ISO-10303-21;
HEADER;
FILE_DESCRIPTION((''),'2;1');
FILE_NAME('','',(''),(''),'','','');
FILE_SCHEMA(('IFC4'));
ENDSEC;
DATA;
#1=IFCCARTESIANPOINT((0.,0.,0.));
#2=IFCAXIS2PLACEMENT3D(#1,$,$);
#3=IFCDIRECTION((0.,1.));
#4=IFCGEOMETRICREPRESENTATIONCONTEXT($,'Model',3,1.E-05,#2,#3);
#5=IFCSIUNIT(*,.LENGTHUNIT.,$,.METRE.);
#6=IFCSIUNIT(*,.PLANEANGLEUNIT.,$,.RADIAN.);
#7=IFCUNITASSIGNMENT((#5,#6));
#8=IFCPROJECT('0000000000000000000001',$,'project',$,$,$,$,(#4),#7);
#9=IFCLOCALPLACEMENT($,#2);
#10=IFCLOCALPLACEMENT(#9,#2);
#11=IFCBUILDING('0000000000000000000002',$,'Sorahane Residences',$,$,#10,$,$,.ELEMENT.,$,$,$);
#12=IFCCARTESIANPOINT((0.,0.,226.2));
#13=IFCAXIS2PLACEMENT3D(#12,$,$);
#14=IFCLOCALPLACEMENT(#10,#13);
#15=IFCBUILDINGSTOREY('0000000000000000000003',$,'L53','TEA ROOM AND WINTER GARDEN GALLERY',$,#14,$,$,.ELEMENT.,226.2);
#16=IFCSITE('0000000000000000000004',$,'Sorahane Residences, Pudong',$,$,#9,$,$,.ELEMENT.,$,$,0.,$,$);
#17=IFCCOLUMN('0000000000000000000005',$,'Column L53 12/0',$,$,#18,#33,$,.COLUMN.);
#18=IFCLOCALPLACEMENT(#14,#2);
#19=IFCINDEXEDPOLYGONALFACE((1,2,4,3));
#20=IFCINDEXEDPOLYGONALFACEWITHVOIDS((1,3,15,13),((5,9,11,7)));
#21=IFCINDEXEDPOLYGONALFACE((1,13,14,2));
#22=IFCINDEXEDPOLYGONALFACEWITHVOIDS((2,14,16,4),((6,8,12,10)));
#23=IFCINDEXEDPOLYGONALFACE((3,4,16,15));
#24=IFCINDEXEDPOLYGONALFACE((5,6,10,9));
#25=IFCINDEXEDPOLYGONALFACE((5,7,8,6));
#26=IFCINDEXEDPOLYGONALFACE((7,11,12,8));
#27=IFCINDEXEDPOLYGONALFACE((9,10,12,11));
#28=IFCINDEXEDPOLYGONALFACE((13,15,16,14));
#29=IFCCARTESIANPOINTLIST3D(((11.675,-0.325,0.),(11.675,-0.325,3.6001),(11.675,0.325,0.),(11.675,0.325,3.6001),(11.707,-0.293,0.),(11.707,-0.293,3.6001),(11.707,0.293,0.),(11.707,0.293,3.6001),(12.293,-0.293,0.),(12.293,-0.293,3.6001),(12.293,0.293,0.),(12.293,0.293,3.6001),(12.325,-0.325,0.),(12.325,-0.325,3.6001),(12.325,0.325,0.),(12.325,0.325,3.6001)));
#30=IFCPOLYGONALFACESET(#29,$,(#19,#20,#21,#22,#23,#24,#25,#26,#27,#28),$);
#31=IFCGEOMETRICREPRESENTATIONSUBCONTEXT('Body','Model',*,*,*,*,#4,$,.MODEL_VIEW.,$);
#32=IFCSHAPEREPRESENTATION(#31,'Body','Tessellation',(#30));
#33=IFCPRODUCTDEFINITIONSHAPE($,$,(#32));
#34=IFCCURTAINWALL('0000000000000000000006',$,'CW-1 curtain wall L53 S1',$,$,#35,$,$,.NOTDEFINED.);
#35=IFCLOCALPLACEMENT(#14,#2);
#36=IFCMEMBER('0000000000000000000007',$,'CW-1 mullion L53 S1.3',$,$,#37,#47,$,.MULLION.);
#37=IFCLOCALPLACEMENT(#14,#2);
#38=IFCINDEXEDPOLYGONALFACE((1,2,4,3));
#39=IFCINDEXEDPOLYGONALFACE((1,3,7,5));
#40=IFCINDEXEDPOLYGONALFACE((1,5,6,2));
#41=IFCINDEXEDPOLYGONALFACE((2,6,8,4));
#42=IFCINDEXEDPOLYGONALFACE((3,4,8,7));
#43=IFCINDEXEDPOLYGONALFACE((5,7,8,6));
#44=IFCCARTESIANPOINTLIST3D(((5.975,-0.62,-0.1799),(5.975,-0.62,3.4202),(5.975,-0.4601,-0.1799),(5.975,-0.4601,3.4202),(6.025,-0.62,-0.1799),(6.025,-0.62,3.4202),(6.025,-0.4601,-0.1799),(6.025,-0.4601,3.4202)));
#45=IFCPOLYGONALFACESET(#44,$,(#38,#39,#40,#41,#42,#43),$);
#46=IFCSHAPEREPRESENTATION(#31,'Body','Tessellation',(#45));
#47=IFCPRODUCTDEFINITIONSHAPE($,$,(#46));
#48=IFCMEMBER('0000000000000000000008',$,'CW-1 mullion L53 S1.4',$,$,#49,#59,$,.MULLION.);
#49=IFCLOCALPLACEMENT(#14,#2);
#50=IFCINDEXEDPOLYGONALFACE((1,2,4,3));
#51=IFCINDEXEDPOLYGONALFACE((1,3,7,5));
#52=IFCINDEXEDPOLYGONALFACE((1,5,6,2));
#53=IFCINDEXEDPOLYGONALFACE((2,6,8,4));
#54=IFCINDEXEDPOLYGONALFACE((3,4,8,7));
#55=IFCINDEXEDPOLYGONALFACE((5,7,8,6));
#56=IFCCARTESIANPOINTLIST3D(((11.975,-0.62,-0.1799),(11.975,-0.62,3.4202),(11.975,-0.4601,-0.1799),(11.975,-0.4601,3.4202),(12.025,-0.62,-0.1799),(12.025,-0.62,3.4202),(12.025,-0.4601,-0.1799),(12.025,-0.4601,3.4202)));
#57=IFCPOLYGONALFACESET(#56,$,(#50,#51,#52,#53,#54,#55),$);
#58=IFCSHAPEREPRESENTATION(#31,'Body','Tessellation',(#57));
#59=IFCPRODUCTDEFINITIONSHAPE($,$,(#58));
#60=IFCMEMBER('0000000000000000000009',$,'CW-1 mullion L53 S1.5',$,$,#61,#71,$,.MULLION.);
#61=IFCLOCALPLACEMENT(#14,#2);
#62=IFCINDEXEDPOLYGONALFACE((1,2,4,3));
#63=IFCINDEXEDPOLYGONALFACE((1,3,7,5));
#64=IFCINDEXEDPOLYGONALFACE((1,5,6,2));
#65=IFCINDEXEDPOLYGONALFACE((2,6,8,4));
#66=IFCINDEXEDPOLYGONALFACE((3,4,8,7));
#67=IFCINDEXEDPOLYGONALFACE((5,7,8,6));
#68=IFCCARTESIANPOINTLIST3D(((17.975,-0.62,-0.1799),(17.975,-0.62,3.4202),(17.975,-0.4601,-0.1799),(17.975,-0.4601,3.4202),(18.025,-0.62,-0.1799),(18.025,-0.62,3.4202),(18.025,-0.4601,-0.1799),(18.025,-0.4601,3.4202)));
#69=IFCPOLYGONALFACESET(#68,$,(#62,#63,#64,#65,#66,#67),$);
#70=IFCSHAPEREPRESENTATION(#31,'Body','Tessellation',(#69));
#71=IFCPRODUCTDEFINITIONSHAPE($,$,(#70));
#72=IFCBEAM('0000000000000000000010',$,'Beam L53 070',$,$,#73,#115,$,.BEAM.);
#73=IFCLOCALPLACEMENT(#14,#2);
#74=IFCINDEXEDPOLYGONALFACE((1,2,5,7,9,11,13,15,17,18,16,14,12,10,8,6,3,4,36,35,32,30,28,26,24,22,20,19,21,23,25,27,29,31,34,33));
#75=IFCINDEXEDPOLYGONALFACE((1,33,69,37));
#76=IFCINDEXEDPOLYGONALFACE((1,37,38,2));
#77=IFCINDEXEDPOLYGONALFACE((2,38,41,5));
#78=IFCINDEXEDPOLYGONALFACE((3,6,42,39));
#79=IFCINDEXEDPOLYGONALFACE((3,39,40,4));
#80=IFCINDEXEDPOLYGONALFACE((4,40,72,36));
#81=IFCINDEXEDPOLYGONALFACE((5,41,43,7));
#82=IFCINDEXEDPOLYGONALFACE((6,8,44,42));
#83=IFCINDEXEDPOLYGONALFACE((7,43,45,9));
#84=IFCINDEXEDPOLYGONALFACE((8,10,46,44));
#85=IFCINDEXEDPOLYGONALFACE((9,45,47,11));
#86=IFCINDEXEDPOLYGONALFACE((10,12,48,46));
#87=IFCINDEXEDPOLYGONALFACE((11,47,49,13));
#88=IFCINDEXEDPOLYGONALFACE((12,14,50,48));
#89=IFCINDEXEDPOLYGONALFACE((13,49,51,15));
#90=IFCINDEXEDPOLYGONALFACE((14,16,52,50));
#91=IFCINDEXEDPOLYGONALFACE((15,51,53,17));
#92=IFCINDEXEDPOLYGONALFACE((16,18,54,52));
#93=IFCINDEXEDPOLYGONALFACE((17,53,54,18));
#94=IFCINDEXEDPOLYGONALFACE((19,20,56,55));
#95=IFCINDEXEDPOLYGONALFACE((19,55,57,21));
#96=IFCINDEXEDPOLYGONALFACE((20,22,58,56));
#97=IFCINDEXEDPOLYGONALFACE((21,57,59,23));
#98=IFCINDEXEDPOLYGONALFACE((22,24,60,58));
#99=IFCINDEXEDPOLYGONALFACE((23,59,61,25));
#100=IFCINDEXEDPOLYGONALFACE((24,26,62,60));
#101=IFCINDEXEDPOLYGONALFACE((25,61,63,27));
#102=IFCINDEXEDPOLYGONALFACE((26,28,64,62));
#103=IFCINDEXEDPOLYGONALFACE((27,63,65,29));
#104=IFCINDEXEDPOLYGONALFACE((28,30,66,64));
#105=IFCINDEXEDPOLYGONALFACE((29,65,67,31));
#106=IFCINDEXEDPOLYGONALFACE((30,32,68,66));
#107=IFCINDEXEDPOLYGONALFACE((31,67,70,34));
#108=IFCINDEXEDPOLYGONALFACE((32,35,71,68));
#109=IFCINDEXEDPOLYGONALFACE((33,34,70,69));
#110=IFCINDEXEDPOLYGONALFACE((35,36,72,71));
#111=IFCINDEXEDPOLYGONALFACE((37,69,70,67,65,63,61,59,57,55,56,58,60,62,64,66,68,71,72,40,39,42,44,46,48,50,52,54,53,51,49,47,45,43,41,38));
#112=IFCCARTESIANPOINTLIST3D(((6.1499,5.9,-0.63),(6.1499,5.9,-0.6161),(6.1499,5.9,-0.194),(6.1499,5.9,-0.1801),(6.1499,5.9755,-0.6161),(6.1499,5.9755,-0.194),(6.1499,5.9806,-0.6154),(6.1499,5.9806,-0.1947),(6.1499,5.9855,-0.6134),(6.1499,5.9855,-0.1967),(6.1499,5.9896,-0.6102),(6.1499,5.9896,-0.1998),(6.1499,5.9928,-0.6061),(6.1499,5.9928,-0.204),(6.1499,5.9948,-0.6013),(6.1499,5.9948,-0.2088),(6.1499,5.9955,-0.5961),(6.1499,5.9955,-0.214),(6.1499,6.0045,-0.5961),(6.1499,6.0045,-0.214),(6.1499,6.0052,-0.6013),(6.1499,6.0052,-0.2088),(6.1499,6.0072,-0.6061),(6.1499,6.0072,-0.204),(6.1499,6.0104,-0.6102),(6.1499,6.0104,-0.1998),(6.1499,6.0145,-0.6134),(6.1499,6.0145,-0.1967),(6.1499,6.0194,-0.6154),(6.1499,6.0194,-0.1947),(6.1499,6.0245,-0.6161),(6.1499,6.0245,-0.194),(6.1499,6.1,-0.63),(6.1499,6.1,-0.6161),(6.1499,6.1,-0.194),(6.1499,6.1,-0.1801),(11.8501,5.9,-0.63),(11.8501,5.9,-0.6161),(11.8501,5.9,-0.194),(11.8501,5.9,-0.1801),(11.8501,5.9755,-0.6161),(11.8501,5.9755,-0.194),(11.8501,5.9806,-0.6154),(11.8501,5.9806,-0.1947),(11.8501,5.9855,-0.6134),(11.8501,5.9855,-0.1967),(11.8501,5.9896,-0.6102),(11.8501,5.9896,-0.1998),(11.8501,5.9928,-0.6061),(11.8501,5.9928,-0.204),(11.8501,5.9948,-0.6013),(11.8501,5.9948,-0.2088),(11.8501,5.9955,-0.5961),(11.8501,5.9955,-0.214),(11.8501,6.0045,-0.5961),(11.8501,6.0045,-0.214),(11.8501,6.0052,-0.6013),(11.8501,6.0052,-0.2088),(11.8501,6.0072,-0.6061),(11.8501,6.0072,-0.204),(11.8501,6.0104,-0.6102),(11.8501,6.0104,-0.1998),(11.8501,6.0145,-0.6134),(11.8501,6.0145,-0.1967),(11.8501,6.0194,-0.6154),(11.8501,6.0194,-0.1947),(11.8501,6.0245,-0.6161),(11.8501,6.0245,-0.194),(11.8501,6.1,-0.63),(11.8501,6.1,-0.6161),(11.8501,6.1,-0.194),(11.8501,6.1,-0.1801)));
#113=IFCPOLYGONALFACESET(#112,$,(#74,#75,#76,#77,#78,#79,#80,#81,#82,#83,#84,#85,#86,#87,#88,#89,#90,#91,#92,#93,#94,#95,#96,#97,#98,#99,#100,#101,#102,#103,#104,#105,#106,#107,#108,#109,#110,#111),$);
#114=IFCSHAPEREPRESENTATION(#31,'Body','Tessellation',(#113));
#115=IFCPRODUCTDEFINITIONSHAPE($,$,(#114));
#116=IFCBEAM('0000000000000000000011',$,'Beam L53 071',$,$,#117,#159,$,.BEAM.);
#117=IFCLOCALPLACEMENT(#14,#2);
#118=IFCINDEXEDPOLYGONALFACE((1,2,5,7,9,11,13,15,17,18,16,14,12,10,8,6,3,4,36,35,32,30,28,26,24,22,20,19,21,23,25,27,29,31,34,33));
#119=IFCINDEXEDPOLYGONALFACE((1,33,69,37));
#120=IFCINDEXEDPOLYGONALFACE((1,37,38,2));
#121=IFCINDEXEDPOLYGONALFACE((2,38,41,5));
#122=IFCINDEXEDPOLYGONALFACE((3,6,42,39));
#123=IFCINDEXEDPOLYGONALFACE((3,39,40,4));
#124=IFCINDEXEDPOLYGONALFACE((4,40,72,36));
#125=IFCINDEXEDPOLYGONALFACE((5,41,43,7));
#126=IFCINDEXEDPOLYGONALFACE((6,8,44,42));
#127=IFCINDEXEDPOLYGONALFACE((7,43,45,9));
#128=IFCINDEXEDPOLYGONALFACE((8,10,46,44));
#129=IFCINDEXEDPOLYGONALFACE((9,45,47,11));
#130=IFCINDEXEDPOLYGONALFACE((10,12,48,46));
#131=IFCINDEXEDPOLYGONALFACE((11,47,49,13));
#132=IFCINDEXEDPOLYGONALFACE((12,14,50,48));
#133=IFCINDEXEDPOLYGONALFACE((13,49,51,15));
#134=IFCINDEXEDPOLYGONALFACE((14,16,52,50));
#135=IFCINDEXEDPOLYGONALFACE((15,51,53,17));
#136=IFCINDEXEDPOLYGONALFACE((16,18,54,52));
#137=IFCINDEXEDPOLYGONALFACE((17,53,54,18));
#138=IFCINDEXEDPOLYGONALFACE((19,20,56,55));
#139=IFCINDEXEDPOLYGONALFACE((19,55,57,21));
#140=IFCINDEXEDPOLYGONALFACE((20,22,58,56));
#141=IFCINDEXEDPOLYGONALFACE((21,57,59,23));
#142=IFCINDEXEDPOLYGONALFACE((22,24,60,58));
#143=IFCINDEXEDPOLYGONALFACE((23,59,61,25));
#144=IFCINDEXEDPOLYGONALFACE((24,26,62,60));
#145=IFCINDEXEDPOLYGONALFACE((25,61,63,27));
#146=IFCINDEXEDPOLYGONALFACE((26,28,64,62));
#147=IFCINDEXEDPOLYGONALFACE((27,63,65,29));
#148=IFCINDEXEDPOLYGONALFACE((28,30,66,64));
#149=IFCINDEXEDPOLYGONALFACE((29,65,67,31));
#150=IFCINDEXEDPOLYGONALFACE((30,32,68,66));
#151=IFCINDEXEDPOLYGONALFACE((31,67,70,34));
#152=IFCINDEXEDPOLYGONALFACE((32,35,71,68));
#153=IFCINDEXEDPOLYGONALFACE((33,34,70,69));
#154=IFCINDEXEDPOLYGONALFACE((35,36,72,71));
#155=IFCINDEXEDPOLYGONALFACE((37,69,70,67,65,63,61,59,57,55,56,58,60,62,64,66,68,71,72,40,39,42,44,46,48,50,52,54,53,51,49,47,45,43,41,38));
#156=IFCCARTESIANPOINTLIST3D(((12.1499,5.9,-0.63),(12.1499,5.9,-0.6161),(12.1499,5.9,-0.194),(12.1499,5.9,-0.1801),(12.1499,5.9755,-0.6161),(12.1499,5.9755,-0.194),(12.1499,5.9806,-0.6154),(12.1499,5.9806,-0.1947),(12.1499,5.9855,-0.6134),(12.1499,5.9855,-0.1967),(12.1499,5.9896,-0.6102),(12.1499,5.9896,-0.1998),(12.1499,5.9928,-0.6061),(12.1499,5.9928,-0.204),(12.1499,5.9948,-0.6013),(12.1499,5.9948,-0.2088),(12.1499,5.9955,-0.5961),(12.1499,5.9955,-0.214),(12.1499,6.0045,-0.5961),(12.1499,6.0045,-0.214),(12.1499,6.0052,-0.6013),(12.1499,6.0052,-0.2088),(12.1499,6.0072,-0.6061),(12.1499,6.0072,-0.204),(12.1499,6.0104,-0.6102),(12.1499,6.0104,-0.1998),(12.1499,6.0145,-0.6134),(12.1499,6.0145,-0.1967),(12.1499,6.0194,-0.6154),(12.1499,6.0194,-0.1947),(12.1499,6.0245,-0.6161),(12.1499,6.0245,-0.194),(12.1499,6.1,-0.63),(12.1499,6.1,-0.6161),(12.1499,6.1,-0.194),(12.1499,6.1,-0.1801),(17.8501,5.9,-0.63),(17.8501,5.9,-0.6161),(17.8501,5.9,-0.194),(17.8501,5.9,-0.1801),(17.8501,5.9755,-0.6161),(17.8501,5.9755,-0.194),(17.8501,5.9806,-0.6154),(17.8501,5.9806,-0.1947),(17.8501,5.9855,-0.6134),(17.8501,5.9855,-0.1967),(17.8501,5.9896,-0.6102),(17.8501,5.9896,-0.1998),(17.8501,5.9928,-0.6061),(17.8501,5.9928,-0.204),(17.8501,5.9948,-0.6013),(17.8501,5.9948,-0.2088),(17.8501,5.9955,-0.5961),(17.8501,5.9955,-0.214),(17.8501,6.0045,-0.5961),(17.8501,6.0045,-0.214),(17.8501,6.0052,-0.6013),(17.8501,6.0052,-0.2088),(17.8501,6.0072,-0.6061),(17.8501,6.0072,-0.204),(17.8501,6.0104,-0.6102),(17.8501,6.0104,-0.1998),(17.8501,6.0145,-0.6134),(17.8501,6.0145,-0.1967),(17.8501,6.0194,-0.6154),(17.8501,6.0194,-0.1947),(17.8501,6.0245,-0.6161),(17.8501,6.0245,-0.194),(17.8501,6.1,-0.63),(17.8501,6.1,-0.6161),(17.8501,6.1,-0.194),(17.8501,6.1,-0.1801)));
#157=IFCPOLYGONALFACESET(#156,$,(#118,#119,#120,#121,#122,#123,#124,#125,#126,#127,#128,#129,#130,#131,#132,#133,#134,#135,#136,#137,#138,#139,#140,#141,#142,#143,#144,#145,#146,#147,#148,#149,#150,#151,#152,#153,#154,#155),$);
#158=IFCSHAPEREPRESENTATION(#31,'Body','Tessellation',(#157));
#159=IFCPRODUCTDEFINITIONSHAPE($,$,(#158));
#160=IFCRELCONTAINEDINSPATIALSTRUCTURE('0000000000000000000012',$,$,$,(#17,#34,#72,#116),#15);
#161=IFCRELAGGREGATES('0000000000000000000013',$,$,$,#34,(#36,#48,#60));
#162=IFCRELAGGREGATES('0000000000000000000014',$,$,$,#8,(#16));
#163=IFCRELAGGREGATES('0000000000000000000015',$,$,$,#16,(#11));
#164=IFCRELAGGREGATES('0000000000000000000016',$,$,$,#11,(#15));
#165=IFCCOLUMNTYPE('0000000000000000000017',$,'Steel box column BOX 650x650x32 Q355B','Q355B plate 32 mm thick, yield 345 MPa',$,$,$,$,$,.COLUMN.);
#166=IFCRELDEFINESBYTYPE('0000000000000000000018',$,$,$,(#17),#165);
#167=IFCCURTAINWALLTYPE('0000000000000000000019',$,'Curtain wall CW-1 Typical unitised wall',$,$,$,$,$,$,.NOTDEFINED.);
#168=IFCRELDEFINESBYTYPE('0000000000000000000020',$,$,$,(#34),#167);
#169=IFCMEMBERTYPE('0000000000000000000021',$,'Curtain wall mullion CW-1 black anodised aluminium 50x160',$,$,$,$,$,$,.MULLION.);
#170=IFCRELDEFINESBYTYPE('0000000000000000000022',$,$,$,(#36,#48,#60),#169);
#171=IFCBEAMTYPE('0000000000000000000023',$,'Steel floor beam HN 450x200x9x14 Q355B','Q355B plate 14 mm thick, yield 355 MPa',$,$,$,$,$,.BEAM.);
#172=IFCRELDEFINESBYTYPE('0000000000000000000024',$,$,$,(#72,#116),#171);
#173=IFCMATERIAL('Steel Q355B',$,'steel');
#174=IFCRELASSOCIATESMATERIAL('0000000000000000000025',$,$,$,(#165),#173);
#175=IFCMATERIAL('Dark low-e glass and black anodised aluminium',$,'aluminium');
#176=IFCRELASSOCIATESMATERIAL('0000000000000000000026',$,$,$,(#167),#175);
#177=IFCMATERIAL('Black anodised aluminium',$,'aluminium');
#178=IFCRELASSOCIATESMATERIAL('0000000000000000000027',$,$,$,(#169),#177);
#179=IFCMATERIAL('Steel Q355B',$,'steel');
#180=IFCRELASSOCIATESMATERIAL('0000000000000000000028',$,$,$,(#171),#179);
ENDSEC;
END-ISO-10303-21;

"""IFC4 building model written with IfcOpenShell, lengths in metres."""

from ifc_helpers import new_model, si_unit, direction, frame, origin, origin_2d, place, context, subcontext, project, spatial, rectangle, hollow_rectangle, i_section, extrude, material, material_profile, profile_set, type_object, element, aggregate, save


model = new_model("IFC4")

# Units and contexts
model_context = context("Model", 3, precision=1e-05, world=origin(), true_north=direction((0.0, 1.0)))
body_context = subcontext(model_context, "Body", "Model", "MODEL_VIEW")
ifc_project = project(units=[si_unit("LENGTHUNIT", "METRE"), si_unit("PLANEANGLEUNIT", "RADIAN")], contexts=[model_context])

# Site, building, storey
site_placement = place(None, origin())
site = spatial("IfcSite", under=ifc_project, at=site_placement, Name="Sorahane Residences, Pudong", CompositionType="ELEMENT", RefElevation=0.0)
building_placement = place(site_placement, origin())
building = spatial("IfcBuilding", under=site, at=building_placement, Name="Sorahane Residences", CompositionType="ELEMENT")
storey_placement = place(building_placement, frame((0.0, 0.0, 226.2)))
storey = spatial("IfcBuildingStorey", under=building, at=storey_placement, Name="L53", Description="TEA ROOM AND WINTER GARDEN GALLERY", CompositionType="ELEMENT", Elevation=226.2)

# Column
ifc_material_1 = material(Name="Steel Q355B", Category="steel")
ifc_material_profile_1 = material_profile(ifc_material_1, hollow_rectangle(XDim=0.6499, YDim=0.6499, WallThickness=0.032, at=origin_2d()), Name="BOX 650x650x32")
ifc_profile_set_1 = profile_set([ifc_material_profile_1], Name="Steel Q355B")
column_type = type_object("IfcColumnType", Name="Steel box column BOX 650x650x32 Q355B", Description="Q355B plate 32 mm thick, yield 345 MPa", PredefinedType="COLUMN", material=ifc_profile_set_1)
column_placement = place(storey_placement, frame((12.0, 0.0, 0.0), z_axis=(0.0, 0.0, 1.0), x_axis=(1.0, 0.0, 0.0)))
element("IfcColumn", 1, at=column_placement, inside=storey, type_object=column_type, Name="Column L53 12/0", PredefinedType="COLUMN", context=body_context, shape_type="SweptSolid", body=[
    extrude(hollow_rectangle(XDim=0.6499, YDim=0.6499, WallThickness=0.032, at=origin_2d()), origin(), (0.0, 0.0, 1.0), 3.6001),
])

# Curtain wall, members
ifc_material_2 = material(Name="Dark low-e glass and black anodised aluminium", Category="aluminium")
curtain_wall_type = type_object("IfcCurtainWallType", Name="Curtain wall CW-1 Typical unitised wall", PredefinedType="NOTDEFINED", material=ifc_material_2)
curtain_wall_placement = place(storey_placement, origin())
curtain_wall = element("IfcCurtainWall", 2, at=curtain_wall_placement, inside=storey, type_object=curtain_wall_type, Name="CW-1 curtain wall L53 S1", PredefinedType="NOTDEFINED")
ifc_material_3 = material(Name="Black anodised aluminium", Category="aluminium")
ifc_material_profile_2 = material_profile(ifc_material_3, rectangle(XDim=0.1599, YDim=0.05, at=origin_2d()), Name="Curtain wall mullion CW-1 black anodised aluminium 50x160")
ifc_profile_set_2 = profile_set([ifc_material_profile_2], Name="Black anodised aluminium")
member_type = type_object("IfcMemberType", Name="Curtain wall mullion CW-1 black anodised aluminium 50x160", PredefinedType="MULLION", material=ifc_profile_set_2)
member_1_placement = place(storey_placement, frame((6.0, -0.54, -0.1799), z_axis=(0.0, 0.0, 1.0), x_axis=(0.0, -1.0, 0.0)))
member_1 = element("IfcMember", 3, at=member_1_placement, type_object=member_type, Name="CW-1 mullion L53 S1.3", PredefinedType="MULLION", context=body_context, shape_type="SweptSolid", body=[
    extrude(rectangle(XDim=0.1599, YDim=0.05, at=origin_2d()), origin(), (0.0, 0.0, 1.0), 3.6001),
])
member_2_placement = place(storey_placement, frame((12.0, -0.54, -0.1799), z_axis=(0.0, 0.0, 1.0), x_axis=(0.0, -1.0, 0.0)))
member_2 = element("IfcMember", 4, at=member_2_placement, type_object=member_type, Name="CW-1 mullion L53 S1.4", PredefinedType="MULLION", context=body_context, shape_type="SweptSolid", body=[
    extrude(rectangle(XDim=0.1599, YDim=0.05, at=origin_2d()), origin(), (0.0, 0.0, 1.0), 3.6001),
])
member_3_placement = place(storey_placement, frame((18.0, -0.54, -0.1799), z_axis=(0.0, 0.0, 1.0), x_axis=(0.0, -1.0, 0.0)))
member_3 = element("IfcMember", 5, at=member_3_placement, type_object=member_type, Name="CW-1 mullion L53 S1.5", PredefinedType="MULLION", context=body_context, shape_type="SweptSolid", body=[
    extrude(rectangle(XDim=0.1599, YDim=0.05, at=origin_2d()), origin(), (0.0, 0.0, 1.0), 3.6001),
])

# Beams
ifc_material_4 = material(Name="Steel Q355B", Category="steel")
ifc_material_profile_3 = material_profile(ifc_material_4, i_section(OverallWidth=0.2, OverallDepth=0.45, WebThickness=0.009, FlangeThickness=0.0139, FilletRadius=0.02, at=origin_2d()), Name="HN 450x200x9x14")
ifc_profile_set_3 = profile_set([ifc_material_profile_3], Name="Steel Q355B")
beam_type_1 = type_object("IfcBeamType", Name="Steel floor beam HN 450x200x9x14 Q355B", Description="Q355B plate 14 mm thick, yield 355 MPa", PredefinedType="BEAM", material=ifc_profile_set_3)
for number, where, z_axis, x_axis, name in (
    (6, (6.1499, 6.0, -0.405), (1.0, 0.0, 0.0), (0.0, 1.0, 0.0), "Beam L53 070"),
    (7, (12.1499, 6.0, -0.405), (1.0, 0.0, 0.0), (0.0, 1.0, 0.0), "Beam L53 071"),
):
    element("IfcBeam", number, at=place(storey_placement, frame(where, z_axis=z_axis, x_axis=x_axis)), inside=storey, type_object=beam_type_1, Name=name, PredefinedType="BEAM", context=body_context, shape_type="SweptSolid", body=[
        extrude(i_section(OverallWidth=0.2, OverallDepth=0.45, WebThickness=0.009, FlangeThickness=0.0139, FilletRadius=0.02, at=origin_2d()), origin(), (0.0, 0.0, 1.0), 5.7002),
    ])

aggregate(curtain_wall, [member_1, member_2, member_3])

save(model, "model.ifc")
